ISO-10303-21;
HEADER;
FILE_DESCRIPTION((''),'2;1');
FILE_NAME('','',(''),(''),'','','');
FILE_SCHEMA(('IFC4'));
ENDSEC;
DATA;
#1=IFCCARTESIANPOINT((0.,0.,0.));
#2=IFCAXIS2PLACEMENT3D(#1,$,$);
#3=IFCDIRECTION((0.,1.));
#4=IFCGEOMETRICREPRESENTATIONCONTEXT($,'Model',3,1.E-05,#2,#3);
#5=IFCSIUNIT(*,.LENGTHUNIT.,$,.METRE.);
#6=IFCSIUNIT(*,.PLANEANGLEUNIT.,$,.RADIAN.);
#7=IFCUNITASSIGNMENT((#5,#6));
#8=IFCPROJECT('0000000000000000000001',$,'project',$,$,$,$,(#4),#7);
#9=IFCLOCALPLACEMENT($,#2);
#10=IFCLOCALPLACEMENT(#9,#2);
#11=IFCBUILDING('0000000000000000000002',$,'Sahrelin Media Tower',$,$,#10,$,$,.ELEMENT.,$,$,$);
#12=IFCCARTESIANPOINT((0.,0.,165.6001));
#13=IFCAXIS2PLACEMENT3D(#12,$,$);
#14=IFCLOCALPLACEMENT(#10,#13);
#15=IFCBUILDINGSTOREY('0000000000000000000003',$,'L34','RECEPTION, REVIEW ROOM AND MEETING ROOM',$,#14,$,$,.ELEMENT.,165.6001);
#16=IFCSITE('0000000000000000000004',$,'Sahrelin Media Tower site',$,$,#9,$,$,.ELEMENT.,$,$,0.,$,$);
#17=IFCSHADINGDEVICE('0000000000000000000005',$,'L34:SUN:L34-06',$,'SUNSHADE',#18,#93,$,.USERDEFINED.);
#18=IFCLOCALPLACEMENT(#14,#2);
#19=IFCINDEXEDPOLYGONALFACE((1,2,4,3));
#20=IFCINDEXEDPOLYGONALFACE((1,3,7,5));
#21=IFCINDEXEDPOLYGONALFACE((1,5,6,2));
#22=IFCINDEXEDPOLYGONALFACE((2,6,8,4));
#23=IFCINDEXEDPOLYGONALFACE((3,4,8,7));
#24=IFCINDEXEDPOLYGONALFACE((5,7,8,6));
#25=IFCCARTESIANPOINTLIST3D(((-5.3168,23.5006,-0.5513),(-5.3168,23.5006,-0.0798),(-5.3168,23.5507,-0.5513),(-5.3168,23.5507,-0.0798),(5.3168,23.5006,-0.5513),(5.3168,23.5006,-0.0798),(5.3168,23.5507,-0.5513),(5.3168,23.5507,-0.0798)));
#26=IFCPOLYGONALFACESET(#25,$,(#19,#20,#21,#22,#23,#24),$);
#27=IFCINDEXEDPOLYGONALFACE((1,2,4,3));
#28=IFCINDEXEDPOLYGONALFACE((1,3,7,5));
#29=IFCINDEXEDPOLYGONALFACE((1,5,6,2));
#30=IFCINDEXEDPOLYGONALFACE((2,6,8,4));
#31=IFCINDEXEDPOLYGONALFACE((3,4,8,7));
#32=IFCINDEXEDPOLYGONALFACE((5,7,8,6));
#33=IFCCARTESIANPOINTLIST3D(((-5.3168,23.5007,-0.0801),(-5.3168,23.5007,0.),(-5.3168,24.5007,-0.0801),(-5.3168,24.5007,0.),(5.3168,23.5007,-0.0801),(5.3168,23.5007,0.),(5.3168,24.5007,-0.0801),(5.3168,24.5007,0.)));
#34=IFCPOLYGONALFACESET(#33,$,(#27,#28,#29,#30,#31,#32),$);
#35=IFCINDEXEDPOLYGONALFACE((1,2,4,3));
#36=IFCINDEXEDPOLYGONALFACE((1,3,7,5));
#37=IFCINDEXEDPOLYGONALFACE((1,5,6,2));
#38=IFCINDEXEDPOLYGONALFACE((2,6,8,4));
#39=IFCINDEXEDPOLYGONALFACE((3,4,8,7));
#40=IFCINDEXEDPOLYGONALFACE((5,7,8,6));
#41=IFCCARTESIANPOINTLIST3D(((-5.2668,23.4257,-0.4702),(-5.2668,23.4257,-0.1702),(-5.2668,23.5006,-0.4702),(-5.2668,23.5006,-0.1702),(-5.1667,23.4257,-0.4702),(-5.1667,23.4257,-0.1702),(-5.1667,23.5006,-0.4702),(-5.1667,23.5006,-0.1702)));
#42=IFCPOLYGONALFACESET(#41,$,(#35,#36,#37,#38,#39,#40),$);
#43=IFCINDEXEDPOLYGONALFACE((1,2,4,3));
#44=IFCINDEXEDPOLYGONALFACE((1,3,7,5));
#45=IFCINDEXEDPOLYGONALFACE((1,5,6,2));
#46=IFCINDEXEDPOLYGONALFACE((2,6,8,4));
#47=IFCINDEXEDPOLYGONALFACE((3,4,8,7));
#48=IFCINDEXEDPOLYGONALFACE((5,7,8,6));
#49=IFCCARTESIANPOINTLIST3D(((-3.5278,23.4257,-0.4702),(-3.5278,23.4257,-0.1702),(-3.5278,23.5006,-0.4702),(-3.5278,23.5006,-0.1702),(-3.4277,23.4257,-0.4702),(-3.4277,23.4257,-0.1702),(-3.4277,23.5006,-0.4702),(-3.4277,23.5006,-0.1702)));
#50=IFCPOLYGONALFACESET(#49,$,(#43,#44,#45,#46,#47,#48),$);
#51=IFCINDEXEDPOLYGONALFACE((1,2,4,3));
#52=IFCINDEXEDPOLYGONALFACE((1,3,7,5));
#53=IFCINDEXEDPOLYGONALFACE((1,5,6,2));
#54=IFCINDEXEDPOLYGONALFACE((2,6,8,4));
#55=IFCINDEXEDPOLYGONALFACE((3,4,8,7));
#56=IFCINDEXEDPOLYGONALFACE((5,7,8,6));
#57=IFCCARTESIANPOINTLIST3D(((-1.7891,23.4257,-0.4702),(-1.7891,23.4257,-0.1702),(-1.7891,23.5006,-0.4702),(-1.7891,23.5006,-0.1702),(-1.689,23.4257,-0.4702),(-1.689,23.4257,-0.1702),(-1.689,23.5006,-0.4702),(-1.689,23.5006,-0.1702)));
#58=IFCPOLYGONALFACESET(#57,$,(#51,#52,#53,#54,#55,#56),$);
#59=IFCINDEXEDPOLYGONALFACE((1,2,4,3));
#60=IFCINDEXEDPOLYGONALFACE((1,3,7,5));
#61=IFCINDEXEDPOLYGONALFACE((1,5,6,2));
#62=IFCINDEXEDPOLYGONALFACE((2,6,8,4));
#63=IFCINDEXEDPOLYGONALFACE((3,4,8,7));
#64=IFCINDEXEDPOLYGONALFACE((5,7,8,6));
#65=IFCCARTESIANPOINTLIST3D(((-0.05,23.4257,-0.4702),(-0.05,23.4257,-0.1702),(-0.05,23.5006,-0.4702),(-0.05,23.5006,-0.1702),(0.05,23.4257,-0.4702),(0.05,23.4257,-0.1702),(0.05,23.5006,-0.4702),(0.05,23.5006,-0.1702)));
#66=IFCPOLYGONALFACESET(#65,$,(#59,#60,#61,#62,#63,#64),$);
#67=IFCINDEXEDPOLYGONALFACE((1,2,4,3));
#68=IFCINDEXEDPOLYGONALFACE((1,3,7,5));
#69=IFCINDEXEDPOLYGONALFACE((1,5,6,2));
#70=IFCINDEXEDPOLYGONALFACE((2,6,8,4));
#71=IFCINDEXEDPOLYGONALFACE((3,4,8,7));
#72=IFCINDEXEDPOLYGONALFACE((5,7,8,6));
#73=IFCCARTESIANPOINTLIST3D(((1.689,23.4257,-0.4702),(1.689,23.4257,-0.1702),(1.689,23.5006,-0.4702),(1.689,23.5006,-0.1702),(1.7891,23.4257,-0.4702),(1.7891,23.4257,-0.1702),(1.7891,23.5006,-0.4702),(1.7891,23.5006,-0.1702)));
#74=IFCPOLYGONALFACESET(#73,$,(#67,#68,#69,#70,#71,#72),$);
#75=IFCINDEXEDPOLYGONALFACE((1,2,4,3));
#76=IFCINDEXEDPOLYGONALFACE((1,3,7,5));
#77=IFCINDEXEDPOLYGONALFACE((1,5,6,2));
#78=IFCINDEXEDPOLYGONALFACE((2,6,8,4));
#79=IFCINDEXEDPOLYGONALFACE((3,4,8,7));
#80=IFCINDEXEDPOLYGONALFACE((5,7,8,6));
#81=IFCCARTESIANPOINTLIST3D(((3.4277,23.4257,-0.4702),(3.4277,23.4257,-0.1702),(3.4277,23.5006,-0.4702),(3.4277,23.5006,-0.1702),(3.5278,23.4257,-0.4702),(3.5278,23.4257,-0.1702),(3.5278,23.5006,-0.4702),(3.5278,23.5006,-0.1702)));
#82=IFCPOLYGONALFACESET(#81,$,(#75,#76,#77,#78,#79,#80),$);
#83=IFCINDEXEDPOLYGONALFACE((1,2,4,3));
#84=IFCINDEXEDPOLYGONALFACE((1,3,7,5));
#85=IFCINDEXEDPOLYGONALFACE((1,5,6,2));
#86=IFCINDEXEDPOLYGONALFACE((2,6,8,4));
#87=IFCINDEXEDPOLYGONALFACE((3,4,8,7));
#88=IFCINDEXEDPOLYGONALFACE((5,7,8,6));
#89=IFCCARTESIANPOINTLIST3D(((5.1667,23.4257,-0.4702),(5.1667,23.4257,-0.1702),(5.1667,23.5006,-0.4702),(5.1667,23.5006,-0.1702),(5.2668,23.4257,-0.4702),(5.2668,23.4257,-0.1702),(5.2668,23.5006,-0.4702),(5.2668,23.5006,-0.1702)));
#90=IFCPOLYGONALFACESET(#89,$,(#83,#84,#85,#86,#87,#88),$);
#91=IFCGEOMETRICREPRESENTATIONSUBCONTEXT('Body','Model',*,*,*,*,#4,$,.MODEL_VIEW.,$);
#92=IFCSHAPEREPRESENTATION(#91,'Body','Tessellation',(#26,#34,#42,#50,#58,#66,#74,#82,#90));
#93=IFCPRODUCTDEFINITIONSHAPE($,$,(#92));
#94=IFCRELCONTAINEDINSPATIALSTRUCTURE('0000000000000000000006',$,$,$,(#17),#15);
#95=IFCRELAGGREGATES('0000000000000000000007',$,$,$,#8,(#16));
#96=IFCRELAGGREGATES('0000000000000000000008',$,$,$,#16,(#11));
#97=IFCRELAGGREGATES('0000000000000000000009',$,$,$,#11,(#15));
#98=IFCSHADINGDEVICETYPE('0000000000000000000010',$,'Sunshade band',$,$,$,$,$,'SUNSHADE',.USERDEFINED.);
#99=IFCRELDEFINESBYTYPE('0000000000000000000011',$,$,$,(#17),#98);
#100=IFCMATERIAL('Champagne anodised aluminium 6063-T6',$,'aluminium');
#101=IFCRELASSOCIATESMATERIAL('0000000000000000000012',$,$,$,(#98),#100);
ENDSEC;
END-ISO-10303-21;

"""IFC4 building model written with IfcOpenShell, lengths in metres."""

from ifc_helpers import new_model, si_unit, direction, frame, origin, origin_2d, place, context, subcontext, project, spatial, rectangle, extrude, material, type_object, element, save


model = new_model("IFC4")

# Units and contexts
model_context = context("Model", 3, precision=1e-05, world=origin(), true_north=direction((0.0, 1.0)))
body_context = subcontext(model_context, "Body", "Model", "MODEL_VIEW")
ifc_project = project(units=[si_unit("LENGTHUNIT", "METRE"), si_unit("PLANEANGLEUNIT", "RADIAN")], contexts=[model_context])

# Site, building, storey
site_placement = place(None, origin())
site = spatial("IfcSite", under=ifc_project, at=site_placement, Name="Sahrelin Media Tower site", CompositionType="ELEMENT", RefElevation=0.0)
building_placement = place(site_placement, origin())
building = spatial("IfcBuilding", under=site, at=building_placement, Name="Sahrelin Media Tower", CompositionType="ELEMENT")
storey_placement = place(building_placement, frame((0.0, 0.0, 165.6001)))
storey = spatial("IfcBuildingStorey", under=building, at=storey_placement, Name="L34", Description="RECEPTION, REVIEW ROOM AND MEETING ROOM", CompositionType="ELEMENT", Elevation=165.6001)

# Shared definitions
ifc_material_1 = material(Name="Champagne anodised aluminium 6063-T6", Category="aluminium")
placement_1 = place(storey_placement, frame((0.0, 23.4807, 0.0), z_axis=(0.0, 0.0, 1.0), x_axis=(1.0, 0.0, 0.0)))

# Shading device
shading_device_type_1 = type_object("IfcShadingDeviceType", Name="Sunshade band", ElementType="SUNSHADE", PredefinedType="USERDEFINED", material=ifc_material_1)
element("IfcShadingDevice", 1, at=placement_1, inside=storey, type_object=shading_device_type_1, Name="L34:SUN:L34-06", ObjectType="SUNSHADE", PredefinedType="USERDEFINED", context=body_context, shape_type="SweptSolid", body=[
    extrude(rectangle(XDim=10.6335, YDim=0.05, at=origin_2d()), frame((0.0, 0.0449, -0.5513)), (0.0, 0.0, 1.0), 0.4714),
    extrude(rectangle(XDim=10.6335, YDim=1.0, at=origin_2d()), frame((0.0, 0.52, -0.0801)), (0.0, 0.0, 1.0), 0.0801),
    extrude(rectangle(XDim=0.1001, YDim=0.075, at=origin_2d()), frame((-5.2168, -0.0176, -0.4702)), (0.0, 0.0, 1.0), 0.3),
    extrude(rectangle(XDim=0.1001, YDim=0.075, at=origin_2d()), frame((-3.4778, -0.0176, -0.4702)), (0.0, 0.0, 1.0), 0.3),
    extrude(rectangle(XDim=0.1001, YDim=0.075, at=origin_2d()), frame((-1.739, -0.0176, -0.4702)), (0.0, 0.0, 1.0), 0.3),
    extrude(rectangle(XDim=0.1001, YDim=0.075, at=origin_2d()), frame((0.0, -0.0176, -0.4702)), (0.0, 0.0, 1.0), 0.3),
    extrude(rectangle(XDim=0.1001, YDim=0.075, at=origin_2d()), frame((1.739, -0.0176, -0.4702)), (0.0, 0.0, 1.0), 0.3),
    extrude(rectangle(XDim=0.1001, YDim=0.075, at=origin_2d()), frame((3.4778, -0.0176, -0.4702)), (0.0, 0.0, 1.0), 0.3),
    extrude(rectangle(XDim=0.1001, YDim=0.075, at=origin_2d()), frame((5.2168, -0.0176, -0.4702)), (0.0, 0.0, 1.0), 0.3),
])

save(model, "model.ifc")
